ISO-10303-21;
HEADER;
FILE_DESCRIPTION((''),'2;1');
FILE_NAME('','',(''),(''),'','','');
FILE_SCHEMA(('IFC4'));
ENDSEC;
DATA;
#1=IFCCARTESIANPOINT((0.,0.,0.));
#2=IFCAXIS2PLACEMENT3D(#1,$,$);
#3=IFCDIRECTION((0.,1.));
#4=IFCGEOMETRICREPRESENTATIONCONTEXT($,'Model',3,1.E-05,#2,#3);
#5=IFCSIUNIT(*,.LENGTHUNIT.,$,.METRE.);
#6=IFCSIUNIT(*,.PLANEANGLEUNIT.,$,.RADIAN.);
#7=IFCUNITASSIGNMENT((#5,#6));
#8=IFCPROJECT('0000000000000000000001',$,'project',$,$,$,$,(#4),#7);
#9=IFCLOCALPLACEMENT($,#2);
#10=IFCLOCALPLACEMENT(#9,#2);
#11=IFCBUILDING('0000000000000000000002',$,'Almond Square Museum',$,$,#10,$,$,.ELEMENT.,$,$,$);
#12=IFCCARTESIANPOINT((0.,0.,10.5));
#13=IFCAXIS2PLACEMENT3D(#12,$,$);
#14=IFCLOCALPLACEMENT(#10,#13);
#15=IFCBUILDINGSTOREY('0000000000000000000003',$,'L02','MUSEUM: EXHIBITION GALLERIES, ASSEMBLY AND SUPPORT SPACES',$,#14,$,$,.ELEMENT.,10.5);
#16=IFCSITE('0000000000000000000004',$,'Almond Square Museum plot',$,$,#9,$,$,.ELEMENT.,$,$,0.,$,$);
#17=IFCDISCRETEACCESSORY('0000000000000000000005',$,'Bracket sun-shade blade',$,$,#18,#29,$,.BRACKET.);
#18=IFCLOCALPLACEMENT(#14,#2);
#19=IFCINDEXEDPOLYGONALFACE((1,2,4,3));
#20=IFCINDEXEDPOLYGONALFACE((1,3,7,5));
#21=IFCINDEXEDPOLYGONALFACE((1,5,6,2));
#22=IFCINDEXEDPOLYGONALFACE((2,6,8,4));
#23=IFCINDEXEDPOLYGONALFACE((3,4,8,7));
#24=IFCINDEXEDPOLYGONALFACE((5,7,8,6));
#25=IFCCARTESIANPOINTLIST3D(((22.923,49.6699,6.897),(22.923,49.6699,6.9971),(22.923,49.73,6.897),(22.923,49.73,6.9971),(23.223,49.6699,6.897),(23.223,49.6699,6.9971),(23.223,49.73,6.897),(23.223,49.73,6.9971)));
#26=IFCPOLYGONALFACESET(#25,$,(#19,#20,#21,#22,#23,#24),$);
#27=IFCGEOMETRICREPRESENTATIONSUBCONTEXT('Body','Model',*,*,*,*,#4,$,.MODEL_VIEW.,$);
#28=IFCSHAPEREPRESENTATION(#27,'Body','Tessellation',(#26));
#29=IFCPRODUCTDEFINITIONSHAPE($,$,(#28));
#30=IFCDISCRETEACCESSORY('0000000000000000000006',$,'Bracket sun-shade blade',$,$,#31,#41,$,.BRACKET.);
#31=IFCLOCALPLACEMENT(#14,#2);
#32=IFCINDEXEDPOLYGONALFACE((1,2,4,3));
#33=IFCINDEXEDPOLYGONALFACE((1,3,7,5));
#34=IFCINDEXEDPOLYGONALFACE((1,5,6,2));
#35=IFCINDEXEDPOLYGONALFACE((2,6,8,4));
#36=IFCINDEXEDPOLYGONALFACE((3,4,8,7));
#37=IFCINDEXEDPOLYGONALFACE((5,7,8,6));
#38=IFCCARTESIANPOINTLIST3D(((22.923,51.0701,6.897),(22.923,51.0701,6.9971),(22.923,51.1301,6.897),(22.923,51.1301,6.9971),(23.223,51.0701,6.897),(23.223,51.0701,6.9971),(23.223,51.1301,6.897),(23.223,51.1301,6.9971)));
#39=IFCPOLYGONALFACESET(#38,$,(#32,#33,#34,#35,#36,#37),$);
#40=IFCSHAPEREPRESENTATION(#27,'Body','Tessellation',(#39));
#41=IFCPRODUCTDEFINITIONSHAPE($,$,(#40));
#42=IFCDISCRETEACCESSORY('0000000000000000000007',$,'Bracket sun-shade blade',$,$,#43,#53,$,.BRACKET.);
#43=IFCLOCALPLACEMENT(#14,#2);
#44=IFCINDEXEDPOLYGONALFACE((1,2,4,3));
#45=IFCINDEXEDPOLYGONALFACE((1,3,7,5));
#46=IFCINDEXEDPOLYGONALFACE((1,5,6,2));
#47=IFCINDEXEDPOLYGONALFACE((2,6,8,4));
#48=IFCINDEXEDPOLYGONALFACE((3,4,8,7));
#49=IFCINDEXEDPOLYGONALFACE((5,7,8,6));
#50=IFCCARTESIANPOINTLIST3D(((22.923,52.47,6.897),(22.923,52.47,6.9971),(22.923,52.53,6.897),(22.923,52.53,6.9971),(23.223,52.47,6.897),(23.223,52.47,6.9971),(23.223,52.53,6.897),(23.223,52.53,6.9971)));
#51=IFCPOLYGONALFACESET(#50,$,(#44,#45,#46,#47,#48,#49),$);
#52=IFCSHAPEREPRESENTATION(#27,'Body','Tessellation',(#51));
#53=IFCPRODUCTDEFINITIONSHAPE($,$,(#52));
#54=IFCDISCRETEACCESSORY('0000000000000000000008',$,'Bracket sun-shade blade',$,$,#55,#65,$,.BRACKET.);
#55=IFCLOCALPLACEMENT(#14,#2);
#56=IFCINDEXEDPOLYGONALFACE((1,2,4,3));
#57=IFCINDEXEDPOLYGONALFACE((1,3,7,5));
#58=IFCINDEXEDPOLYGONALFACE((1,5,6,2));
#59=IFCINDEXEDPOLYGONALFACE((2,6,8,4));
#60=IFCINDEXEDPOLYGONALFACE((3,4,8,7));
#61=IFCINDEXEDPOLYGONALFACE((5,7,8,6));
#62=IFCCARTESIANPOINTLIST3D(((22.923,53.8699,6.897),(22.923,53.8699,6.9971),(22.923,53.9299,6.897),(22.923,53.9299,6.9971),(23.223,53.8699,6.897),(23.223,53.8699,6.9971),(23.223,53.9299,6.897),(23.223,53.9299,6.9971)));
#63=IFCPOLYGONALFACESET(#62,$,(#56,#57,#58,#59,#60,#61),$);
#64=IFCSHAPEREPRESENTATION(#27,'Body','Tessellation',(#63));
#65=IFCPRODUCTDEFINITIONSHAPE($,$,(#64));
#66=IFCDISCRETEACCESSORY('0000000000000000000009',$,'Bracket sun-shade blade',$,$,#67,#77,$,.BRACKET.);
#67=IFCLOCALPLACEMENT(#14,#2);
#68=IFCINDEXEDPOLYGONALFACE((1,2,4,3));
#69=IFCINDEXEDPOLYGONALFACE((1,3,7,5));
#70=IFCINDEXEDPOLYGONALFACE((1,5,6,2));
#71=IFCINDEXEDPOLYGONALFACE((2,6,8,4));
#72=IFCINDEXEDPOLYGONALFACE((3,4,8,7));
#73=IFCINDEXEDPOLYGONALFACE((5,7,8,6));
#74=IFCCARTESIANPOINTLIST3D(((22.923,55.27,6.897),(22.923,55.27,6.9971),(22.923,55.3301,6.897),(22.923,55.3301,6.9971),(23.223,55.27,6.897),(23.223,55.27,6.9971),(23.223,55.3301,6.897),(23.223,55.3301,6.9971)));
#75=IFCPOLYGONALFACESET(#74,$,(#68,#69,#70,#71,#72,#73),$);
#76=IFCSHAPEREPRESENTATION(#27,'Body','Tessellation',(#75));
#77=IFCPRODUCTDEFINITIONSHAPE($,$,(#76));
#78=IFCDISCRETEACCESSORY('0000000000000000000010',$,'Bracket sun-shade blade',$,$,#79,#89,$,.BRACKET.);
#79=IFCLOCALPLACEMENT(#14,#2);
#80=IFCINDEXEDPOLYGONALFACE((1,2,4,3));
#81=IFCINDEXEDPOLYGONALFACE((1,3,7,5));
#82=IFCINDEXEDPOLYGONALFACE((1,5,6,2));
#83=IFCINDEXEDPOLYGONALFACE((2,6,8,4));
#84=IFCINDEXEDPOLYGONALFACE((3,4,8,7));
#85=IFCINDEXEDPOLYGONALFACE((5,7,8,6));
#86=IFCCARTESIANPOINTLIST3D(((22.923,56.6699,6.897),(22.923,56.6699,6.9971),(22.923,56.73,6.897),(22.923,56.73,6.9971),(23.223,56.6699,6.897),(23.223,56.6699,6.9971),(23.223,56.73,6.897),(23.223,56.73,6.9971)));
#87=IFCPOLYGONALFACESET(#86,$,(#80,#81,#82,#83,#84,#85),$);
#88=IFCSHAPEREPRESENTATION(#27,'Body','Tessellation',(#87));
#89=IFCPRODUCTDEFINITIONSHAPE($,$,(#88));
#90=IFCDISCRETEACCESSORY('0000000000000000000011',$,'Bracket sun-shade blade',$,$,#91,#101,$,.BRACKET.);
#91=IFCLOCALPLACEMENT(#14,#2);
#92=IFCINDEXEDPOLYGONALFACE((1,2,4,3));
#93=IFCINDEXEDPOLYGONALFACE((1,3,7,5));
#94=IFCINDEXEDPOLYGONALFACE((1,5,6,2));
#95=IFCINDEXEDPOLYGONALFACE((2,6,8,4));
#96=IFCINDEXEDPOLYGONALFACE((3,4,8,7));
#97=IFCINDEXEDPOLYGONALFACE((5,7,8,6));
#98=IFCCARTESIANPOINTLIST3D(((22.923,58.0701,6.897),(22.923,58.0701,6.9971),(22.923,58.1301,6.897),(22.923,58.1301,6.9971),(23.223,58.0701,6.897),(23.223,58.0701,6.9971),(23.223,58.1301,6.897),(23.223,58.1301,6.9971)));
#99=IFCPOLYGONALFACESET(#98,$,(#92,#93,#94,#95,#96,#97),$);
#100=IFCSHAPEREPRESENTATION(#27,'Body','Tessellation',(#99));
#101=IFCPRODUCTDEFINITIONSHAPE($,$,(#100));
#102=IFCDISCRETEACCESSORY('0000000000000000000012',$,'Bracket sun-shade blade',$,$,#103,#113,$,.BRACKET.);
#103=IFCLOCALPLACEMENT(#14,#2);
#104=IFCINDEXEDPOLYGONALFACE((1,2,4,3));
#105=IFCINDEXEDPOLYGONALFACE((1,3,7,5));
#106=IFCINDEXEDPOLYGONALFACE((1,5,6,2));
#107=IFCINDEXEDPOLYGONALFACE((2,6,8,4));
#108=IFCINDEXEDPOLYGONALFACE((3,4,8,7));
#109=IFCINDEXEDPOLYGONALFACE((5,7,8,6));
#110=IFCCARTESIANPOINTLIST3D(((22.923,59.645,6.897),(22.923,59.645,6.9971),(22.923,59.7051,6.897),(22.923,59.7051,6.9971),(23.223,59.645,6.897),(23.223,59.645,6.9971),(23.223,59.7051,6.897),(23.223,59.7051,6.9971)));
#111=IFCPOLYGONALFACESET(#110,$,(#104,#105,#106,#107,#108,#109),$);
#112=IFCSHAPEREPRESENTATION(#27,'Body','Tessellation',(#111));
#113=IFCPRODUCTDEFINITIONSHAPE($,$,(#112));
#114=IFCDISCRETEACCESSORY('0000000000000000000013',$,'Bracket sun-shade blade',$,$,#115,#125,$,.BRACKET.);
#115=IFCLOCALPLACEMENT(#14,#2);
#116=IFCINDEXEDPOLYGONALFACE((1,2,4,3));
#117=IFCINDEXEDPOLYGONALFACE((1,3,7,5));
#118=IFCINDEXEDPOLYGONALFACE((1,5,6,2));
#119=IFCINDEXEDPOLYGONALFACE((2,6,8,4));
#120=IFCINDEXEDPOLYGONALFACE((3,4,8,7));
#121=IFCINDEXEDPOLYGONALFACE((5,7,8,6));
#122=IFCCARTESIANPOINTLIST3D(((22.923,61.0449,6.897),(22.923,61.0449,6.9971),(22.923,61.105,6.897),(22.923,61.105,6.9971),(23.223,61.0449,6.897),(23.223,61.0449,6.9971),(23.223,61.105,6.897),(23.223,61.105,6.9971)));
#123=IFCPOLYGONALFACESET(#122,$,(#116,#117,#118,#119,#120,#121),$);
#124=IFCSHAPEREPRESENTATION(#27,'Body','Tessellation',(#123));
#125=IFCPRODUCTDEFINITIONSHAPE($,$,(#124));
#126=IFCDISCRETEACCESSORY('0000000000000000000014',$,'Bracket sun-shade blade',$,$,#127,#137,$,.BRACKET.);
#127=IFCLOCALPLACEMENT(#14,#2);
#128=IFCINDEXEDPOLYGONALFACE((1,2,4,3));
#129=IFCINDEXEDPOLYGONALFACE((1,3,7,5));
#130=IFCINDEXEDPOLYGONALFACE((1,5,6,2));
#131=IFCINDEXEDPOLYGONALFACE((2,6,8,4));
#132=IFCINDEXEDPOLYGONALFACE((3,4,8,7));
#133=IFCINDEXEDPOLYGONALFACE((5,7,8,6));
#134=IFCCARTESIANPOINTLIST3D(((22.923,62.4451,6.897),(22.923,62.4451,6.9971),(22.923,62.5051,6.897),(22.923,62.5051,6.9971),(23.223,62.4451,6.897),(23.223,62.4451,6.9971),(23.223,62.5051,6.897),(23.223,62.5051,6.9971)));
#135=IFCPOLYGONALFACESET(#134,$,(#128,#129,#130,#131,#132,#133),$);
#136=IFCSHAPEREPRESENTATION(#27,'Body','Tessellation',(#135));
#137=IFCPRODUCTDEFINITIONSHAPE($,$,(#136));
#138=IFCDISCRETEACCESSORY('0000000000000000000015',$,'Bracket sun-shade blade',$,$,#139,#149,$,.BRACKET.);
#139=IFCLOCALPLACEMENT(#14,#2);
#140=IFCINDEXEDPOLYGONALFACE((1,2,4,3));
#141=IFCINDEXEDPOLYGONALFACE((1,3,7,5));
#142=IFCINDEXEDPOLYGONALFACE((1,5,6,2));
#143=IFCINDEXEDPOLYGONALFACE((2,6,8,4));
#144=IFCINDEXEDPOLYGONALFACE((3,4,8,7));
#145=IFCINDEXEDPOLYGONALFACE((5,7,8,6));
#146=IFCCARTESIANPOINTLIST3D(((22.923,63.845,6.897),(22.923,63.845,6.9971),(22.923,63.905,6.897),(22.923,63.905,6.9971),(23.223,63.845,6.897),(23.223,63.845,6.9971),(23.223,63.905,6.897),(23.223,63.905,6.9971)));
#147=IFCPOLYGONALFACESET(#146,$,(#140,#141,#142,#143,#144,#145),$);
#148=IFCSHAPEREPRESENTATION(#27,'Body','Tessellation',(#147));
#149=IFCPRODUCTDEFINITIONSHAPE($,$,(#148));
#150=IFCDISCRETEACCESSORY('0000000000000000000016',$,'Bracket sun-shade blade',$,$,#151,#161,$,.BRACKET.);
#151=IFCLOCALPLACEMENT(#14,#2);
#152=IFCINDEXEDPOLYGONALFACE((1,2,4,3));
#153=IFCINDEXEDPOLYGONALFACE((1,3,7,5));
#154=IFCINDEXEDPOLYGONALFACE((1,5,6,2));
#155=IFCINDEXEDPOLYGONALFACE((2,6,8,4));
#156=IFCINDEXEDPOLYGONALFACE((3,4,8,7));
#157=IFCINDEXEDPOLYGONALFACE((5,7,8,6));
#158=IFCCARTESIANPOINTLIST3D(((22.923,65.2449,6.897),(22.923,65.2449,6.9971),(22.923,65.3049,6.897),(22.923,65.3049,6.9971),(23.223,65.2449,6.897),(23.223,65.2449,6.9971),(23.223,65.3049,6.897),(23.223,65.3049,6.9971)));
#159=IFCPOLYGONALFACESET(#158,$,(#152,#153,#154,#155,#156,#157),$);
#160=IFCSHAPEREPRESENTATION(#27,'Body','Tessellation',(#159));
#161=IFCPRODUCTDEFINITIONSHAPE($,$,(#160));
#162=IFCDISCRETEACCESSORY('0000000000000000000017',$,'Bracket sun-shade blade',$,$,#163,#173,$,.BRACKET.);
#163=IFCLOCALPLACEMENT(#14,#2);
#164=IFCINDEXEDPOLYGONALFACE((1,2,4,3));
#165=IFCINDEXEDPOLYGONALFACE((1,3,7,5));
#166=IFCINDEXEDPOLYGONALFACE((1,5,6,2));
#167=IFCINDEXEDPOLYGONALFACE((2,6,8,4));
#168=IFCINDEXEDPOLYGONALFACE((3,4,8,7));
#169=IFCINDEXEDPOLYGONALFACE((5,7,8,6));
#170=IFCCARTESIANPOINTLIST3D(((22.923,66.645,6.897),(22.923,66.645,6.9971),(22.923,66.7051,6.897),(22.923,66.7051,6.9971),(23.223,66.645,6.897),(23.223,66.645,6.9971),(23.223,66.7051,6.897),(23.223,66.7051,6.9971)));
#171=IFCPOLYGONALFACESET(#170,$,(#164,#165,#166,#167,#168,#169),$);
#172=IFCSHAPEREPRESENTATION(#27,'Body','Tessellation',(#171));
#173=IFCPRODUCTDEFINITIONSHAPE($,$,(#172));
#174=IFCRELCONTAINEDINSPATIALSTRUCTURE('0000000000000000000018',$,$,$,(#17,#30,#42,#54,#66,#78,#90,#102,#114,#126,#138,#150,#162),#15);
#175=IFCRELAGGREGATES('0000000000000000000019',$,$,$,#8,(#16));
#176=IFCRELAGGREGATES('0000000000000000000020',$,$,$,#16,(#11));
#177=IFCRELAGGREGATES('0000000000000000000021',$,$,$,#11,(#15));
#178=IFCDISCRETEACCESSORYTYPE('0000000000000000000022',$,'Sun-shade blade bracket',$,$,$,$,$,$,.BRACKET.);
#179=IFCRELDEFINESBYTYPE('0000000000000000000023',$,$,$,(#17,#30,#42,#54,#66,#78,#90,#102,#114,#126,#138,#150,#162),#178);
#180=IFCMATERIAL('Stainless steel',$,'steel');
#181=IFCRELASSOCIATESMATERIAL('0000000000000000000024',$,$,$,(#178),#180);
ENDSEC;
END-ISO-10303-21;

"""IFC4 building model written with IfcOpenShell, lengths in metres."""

from ifc_helpers import new_model, si_unit, direction, frame, origin, origin_2d, place, context, subcontext, project, spatial, rectangle, extrude, material, type_object, element, save


model = new_model("IFC4")

# Units and contexts
model_context = context("Model", 3, precision=1e-05, world=origin(), true_north=direction((0.0, 1.0)))
body_context = subcontext(model_context, "Body", "Model", "MODEL_VIEW")
ifc_project = project(units=[si_unit("LENGTHUNIT", "METRE"), si_unit("PLANEANGLEUNIT", "RADIAN")], contexts=[model_context])

# Site, building, storey
site_placement = place(None, origin())
site = spatial("IfcSite", under=ifc_project, at=site_placement, Name="Almond Square Museum plot", CompositionType="ELEMENT", RefElevation=0.0)
building_placement = place(site_placement, origin())
building = spatial("IfcBuilding", under=site, at=building_placement, Name="Almond Square Museum", CompositionType="ELEMENT")
storey_placement = place(building_placement, frame((0.0, 0.0, 10.5)))
storey = spatial("IfcBuildingStorey", under=building, at=storey_placement, Name="L02", Description="MUSEUM: EXHIBITION GALLERIES, ASSEMBLY AND SUPPORT SPACES", CompositionType="ELEMENT", Elevation=10.5)

# Discrete accessories
ifc_material_1 = material(Name="Stainless steel", Category="steel")
discrete_accessory_type = type_object("IfcDiscreteAccessoryType", Name="Sun-shade blade bracket", PredefinedType="BRACKET", material=ifc_material_1)
for number, where, z_axis, x_axis, name in (
    (1, (23.073, 49.7, 6.897), (0.0, 0.0, 1.0), (1.0, 0.0, 0.0), "Bracket sun-shade blade"),
    (2, (23.073, 51.1001, 6.897), (0.0, 0.0, 1.0), (1.0, 0.0, 0.0), "Bracket sun-shade blade"),
    (3, (23.073, 52.5, 6.897), (0.0, 0.0, 1.0), (1.0, 0.0, 0.0), "Bracket sun-shade blade"),
    (4, (23.073, 53.8999, 6.897), (0.0, 0.0, 1.0), (1.0, 0.0, 0.0), "Bracket sun-shade blade"),
    (5, (23.073, 55.3, 6.897), (0.0, 0.0, 1.0), (1.0, 0.0, 0.0), "Bracket sun-shade blade"),
    (6, (23.073, 56.7, 6.897), (0.0, 0.0, 1.0), (1.0, 0.0, 0.0), "Bracket sun-shade blade"),
    (7, (23.073, 58.1001, 6.897), (0.0, 0.0, 1.0), (1.0, 0.0, 0.0), "Bracket sun-shade blade"),
    (8, (23.073, 59.675, 6.897), (0.0, 0.0, 1.0), (1.0, 0.0, 0.0), "Bracket sun-shade blade"),
    (9, (23.073, 61.075, 6.897), (0.0, 0.0, 1.0), (1.0, 0.0, 0.0), "Bracket sun-shade blade"),
    (10, (23.073, 62.4751, 6.897), (0.0, 0.0, 1.0), (1.0, 0.0, 0.0), "Bracket sun-shade blade"),
    (11, (23.073, 63.875, 6.897), (0.0, 0.0, 1.0), (1.0, 0.0, 0.0), "Bracket sun-shade blade"),
    (12, (23.073, 65.2749, 6.897), (0.0, 0.0, 1.0), (1.0, 0.0, 0.0), "Bracket sun-shade blade"),
    (13, (23.073, 66.675, 6.897), (0.0, 0.0, 1.0), (1.0, 0.0, 0.0), "Bracket sun-shade blade"),
):
    element("IfcDiscreteAccessory", number, at=place(storey_placement, frame(where, z_axis=z_axis, x_axis=x_axis)), inside=storey, type_object=discrete_accessory_type, Name=name, PredefinedType="BRACKET", context=body_context, shape_type="SweptSolid", body=[
        extrude(rectangle(XDim=0.3, YDim=0.0601, at=origin_2d()), origin(), (0.0, 0.0, 1.0), 0.1001),
    ])

save(model, "model.ifc")
